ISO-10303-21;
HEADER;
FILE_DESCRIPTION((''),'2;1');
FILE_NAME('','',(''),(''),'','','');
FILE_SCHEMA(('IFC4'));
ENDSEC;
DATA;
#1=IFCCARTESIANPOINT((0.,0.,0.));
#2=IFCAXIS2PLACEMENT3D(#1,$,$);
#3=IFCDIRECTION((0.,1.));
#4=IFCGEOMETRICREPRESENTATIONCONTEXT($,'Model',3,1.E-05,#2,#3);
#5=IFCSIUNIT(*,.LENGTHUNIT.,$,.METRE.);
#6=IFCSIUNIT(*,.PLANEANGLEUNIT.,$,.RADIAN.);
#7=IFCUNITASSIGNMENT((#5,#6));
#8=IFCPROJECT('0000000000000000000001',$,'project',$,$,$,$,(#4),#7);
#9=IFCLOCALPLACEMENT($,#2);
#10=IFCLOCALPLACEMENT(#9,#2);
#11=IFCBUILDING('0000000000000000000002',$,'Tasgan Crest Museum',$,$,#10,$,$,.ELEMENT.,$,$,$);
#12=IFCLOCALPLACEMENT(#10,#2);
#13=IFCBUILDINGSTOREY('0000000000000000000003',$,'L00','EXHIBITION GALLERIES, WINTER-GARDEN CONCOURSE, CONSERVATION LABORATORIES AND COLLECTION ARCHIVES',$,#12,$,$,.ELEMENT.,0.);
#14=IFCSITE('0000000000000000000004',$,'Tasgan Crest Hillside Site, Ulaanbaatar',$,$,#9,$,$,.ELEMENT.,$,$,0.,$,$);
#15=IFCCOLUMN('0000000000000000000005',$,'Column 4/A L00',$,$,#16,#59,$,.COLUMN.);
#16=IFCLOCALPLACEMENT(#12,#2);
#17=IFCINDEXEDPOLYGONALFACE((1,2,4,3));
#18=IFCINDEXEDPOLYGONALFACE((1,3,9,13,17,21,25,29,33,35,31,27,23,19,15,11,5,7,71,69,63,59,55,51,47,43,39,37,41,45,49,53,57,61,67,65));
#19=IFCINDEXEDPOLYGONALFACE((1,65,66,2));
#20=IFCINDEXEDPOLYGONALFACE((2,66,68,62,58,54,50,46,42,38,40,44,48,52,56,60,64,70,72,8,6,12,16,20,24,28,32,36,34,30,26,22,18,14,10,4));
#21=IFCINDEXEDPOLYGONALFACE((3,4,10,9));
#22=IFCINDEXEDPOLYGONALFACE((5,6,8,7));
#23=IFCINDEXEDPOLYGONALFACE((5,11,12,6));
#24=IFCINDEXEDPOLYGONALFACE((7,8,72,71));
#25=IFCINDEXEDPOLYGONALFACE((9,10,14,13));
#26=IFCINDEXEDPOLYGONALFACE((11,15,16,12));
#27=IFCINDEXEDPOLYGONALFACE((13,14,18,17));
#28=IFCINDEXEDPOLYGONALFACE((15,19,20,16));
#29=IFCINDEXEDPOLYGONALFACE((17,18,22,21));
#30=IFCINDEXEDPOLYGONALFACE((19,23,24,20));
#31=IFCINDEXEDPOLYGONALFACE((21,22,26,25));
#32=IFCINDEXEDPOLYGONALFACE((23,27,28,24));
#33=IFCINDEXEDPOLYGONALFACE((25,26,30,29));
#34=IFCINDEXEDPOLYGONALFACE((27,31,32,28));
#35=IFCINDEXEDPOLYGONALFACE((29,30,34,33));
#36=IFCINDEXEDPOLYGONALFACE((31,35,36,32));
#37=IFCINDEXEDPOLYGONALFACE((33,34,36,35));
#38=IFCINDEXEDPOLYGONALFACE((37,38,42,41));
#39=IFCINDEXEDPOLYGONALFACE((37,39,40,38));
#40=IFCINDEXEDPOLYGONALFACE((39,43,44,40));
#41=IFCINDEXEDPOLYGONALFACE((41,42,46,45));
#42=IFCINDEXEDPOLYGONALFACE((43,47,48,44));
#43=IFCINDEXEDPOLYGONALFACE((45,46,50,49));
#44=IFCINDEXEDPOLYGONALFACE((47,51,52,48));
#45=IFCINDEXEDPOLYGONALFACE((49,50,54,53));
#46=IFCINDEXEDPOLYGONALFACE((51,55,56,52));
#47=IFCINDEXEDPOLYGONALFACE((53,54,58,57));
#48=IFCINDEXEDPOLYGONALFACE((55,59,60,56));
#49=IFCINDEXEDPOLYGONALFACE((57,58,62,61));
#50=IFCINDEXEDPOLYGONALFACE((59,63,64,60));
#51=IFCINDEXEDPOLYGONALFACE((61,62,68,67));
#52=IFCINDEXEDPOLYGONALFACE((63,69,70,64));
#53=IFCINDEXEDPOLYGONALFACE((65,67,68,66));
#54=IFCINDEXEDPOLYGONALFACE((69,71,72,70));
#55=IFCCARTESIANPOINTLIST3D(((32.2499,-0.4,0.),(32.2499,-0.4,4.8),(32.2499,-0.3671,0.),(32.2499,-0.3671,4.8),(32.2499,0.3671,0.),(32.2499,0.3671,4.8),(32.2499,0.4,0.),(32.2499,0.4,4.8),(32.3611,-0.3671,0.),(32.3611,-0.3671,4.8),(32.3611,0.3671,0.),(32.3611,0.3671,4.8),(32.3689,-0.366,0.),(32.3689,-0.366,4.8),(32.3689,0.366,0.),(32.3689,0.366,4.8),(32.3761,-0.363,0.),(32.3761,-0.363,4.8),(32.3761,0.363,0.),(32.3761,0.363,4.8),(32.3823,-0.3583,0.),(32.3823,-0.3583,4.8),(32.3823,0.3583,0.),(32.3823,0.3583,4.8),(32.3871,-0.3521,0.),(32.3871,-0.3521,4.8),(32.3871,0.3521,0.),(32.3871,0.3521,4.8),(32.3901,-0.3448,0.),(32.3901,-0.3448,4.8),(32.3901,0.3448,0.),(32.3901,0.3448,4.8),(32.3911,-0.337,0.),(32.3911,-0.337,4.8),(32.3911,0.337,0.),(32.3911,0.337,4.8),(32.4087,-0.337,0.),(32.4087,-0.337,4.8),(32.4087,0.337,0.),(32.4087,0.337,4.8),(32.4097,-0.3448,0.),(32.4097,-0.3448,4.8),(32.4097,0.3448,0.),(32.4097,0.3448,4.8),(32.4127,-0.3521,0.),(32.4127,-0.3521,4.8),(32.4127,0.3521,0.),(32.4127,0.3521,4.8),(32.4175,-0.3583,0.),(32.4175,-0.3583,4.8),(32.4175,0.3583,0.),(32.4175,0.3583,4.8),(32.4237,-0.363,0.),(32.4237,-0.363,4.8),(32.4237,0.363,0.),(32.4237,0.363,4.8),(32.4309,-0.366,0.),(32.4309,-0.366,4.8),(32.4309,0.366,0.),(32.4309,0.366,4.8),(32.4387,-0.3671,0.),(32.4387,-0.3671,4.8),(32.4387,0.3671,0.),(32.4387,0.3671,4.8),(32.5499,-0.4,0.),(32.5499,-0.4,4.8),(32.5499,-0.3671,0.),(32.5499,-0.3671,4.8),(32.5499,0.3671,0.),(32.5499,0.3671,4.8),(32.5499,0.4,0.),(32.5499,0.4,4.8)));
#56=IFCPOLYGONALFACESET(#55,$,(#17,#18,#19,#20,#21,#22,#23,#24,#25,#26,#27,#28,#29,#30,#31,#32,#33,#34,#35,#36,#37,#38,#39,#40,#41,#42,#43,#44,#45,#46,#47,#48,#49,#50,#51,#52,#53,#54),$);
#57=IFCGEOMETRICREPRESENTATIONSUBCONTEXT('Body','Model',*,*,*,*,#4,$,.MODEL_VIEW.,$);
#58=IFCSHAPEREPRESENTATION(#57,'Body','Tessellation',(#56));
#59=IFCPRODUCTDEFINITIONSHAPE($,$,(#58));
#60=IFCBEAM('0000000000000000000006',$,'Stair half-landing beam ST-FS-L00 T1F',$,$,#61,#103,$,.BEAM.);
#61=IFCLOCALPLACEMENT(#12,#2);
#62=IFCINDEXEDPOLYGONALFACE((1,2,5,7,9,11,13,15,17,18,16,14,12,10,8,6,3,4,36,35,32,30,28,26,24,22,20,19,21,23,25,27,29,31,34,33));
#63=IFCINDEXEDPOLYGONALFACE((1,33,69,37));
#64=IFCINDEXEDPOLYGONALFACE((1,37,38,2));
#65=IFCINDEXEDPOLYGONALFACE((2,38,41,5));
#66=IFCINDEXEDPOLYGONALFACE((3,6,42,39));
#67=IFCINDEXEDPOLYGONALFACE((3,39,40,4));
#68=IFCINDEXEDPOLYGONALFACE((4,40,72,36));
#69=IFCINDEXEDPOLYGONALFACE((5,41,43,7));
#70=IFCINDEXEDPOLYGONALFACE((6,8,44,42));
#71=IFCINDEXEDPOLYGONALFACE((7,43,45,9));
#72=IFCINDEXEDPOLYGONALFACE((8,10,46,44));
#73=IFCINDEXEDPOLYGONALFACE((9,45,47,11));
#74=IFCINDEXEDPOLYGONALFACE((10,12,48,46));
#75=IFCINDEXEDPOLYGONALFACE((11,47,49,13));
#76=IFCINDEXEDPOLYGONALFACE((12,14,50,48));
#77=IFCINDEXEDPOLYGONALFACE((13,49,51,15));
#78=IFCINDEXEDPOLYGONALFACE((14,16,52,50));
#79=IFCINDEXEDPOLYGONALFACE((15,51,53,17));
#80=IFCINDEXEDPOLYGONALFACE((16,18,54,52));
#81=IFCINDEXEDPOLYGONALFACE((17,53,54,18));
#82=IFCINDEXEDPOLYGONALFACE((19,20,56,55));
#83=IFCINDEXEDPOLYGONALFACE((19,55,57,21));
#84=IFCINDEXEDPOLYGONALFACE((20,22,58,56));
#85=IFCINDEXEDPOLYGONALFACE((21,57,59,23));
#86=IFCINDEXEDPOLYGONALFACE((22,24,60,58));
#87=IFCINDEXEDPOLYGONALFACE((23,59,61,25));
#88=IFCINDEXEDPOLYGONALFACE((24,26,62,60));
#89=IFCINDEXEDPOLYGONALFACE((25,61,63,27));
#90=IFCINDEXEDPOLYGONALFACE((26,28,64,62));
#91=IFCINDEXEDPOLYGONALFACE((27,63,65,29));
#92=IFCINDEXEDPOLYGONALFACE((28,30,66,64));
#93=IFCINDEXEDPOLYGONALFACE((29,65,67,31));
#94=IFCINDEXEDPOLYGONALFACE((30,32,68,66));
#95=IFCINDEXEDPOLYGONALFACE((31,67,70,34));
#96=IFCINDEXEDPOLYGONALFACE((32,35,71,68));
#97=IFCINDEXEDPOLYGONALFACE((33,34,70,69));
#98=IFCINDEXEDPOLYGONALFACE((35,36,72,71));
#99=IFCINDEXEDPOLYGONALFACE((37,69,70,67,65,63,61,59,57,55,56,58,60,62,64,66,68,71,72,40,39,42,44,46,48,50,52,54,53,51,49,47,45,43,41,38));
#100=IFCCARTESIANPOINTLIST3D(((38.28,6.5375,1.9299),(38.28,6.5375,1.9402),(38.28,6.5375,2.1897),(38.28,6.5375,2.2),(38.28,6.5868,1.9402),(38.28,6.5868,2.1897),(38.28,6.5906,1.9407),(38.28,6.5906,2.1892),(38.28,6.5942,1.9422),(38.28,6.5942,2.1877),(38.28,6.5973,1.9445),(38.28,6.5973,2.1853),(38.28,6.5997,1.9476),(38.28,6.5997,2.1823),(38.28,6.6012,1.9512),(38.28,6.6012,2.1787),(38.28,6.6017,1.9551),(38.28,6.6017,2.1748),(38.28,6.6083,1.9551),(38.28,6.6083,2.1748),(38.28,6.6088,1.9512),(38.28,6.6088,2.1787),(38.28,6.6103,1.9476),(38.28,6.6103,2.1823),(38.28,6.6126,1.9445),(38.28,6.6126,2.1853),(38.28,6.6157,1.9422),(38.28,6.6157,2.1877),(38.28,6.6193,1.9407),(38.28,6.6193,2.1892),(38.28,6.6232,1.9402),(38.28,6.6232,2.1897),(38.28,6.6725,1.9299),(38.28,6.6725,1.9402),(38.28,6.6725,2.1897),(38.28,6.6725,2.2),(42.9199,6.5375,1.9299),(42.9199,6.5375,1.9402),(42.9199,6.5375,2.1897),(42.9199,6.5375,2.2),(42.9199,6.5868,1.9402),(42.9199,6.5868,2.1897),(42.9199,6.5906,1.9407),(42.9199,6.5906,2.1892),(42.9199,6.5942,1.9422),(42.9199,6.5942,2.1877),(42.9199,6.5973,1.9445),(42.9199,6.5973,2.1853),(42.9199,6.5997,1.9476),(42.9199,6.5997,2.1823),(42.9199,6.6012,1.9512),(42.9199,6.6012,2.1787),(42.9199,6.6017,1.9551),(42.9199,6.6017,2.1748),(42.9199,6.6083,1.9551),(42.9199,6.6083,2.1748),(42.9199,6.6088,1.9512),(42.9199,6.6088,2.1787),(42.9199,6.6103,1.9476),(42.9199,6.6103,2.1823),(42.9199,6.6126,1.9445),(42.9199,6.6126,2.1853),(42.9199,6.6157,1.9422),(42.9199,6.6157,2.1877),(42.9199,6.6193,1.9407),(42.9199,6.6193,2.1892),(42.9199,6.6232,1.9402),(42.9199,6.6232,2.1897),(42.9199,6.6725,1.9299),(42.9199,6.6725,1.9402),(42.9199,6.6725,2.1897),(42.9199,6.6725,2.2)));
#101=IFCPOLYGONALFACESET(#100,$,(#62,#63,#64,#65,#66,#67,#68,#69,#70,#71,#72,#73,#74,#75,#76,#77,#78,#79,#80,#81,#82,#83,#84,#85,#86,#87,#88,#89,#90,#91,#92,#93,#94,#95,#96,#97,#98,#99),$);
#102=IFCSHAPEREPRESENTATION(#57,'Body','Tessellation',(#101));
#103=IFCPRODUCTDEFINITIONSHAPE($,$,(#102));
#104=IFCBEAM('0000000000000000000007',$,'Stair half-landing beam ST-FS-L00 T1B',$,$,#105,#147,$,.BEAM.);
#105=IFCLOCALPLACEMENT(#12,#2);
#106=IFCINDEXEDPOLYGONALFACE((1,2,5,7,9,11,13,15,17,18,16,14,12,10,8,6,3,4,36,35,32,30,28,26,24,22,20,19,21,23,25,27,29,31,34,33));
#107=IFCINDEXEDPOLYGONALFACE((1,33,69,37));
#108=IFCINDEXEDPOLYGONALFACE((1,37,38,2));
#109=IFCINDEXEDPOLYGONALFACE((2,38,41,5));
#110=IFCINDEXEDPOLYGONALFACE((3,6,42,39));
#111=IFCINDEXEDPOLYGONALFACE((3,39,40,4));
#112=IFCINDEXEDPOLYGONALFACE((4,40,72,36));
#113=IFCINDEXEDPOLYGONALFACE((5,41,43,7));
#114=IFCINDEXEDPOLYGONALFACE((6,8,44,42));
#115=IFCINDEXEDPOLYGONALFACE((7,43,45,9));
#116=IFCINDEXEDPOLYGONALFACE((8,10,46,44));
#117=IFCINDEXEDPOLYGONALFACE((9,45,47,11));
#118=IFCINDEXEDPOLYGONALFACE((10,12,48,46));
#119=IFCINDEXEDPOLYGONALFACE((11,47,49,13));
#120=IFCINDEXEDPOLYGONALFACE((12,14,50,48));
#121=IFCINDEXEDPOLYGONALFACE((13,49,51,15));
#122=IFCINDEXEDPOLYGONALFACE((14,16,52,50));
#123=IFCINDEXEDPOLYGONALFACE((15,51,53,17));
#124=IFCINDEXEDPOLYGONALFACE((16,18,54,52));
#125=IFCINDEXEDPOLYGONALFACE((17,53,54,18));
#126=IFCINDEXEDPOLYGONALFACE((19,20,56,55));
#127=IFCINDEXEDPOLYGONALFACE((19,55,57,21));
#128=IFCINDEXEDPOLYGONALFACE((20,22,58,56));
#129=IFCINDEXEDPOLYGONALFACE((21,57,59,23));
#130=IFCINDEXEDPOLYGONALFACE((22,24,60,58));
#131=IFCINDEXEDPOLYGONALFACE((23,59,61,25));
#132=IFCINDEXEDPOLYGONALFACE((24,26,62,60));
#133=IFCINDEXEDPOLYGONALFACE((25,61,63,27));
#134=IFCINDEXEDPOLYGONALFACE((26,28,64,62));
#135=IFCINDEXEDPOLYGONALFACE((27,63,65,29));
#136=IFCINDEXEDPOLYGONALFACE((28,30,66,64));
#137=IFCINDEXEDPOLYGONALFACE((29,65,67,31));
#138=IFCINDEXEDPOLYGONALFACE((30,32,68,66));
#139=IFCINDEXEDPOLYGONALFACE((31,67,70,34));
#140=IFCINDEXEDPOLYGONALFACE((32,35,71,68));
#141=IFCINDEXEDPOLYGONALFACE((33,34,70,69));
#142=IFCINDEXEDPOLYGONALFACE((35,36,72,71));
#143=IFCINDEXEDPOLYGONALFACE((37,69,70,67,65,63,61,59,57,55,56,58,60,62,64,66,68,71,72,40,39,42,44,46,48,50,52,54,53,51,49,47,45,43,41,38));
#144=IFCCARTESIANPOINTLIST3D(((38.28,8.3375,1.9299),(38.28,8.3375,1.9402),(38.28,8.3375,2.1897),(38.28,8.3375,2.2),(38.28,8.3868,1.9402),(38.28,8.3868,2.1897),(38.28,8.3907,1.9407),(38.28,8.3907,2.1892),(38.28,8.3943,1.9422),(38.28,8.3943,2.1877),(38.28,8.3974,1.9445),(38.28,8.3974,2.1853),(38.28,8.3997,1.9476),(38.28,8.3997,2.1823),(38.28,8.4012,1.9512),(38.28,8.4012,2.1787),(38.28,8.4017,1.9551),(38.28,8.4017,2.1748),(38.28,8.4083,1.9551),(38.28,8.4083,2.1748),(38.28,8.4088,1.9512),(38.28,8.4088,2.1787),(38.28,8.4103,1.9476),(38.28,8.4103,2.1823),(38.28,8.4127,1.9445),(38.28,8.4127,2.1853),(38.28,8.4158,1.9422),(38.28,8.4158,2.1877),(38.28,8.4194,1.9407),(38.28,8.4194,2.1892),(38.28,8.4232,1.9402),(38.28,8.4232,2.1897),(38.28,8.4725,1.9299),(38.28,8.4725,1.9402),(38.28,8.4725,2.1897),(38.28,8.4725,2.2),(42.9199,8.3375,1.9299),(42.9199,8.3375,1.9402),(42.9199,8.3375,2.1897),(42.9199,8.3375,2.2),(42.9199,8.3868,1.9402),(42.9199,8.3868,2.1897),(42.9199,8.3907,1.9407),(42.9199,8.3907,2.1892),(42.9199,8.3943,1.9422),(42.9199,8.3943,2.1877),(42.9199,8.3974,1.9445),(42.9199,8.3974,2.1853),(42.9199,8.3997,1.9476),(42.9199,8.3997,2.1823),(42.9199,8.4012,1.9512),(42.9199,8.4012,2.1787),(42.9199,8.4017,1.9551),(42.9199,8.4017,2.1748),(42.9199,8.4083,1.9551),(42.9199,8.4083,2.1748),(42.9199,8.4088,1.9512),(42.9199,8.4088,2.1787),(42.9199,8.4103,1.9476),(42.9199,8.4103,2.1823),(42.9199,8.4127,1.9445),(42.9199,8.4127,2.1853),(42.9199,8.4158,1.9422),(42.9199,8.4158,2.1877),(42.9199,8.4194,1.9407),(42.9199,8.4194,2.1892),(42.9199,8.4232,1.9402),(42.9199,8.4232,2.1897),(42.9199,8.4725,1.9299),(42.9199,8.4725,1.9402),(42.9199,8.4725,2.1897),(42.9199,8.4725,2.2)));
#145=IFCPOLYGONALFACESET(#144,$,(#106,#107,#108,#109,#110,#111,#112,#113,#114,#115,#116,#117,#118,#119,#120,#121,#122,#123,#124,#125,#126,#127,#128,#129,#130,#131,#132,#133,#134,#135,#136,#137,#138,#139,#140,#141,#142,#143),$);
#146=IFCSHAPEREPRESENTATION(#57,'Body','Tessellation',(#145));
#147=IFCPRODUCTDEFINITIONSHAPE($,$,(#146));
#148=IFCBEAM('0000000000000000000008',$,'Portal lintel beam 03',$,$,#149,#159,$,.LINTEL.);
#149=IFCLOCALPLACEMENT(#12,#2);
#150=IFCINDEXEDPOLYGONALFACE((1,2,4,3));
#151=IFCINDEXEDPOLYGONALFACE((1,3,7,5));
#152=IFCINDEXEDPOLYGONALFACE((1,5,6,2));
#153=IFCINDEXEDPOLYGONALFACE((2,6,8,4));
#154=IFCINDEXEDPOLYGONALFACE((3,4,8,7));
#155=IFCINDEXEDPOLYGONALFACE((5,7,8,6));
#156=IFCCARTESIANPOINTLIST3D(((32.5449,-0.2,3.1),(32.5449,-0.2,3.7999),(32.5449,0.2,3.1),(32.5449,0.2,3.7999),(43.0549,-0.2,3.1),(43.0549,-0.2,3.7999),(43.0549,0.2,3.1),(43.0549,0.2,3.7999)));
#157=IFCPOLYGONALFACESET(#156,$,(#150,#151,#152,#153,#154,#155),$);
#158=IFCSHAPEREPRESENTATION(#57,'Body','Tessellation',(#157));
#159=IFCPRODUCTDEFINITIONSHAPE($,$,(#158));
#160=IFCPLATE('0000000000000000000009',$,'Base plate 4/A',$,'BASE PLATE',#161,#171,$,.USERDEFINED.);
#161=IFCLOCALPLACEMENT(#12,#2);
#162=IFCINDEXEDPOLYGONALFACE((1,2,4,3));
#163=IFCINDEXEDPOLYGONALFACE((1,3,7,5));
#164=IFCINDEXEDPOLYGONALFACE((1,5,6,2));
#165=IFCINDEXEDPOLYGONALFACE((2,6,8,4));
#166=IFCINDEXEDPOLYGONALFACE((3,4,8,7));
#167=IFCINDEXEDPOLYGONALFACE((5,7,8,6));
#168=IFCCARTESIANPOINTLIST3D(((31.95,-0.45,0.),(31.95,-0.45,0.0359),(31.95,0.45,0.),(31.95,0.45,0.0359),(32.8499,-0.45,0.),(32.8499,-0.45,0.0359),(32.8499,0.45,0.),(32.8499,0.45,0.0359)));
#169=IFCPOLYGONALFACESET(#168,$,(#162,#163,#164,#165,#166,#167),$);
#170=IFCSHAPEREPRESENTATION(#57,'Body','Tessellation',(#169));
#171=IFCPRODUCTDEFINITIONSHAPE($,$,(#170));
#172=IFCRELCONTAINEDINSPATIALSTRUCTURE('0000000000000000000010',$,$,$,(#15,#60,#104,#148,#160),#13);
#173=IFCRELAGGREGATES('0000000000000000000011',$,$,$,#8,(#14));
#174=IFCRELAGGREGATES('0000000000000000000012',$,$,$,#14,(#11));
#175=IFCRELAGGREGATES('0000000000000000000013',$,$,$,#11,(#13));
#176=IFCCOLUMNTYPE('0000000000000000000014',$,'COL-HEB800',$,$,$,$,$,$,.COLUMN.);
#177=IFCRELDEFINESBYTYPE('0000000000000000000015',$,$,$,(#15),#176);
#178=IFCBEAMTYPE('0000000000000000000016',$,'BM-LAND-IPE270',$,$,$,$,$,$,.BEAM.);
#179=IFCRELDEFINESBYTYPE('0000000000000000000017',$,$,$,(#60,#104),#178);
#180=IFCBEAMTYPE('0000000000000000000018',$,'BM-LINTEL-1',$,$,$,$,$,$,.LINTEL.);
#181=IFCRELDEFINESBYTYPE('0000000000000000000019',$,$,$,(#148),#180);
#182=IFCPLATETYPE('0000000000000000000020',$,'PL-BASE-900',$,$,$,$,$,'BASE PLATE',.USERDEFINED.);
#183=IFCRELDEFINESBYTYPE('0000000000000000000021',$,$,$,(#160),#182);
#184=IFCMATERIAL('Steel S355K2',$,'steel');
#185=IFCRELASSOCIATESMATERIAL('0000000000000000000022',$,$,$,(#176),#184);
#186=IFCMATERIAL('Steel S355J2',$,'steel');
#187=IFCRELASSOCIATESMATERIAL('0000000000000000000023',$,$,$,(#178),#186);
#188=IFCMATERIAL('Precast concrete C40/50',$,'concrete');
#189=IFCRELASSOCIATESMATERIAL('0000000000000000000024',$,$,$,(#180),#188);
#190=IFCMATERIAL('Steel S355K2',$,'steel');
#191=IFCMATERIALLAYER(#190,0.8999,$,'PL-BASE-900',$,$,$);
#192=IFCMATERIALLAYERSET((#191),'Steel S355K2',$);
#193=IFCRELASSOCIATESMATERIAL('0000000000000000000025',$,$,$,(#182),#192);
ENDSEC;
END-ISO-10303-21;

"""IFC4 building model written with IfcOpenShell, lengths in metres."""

from ifc_helpers import new_model, si_unit, direction, frame, origin, origin_2d, place, context, subcontext, project, spatial, rectangle, i_section, extrude, material, layer, layer_set, material_profile, profile_set, type_object, element, save


model = new_model("IFC4")

# Units and contexts
model_context = context("Model", 3, precision=1e-05, world=origin(), true_north=direction((0.0, 1.0)))
body_context = subcontext(model_context, "Body", "Model", "MODEL_VIEW")
ifc_project = project(units=[si_unit("LENGTHUNIT", "METRE"), si_unit("PLANEANGLEUNIT", "RADIAN")], contexts=[model_context])

# Site, building, storey
site_placement = place(None, origin())
site = spatial("IfcSite", under=ifc_project, at=site_placement, Name="Tasgan Crest Hillside Site, Ulaanbaatar", CompositionType="ELEMENT", RefElevation=0.0)
building_placement = place(site_placement, origin())
building = spatial("IfcBuilding", under=site, at=building_placement, Name="Tasgan Crest Museum", CompositionType="ELEMENT")
storey_placement = place(building_placement, origin())
storey = spatial("IfcBuildingStorey", under=building, at=storey_placement, Name="L00", Description="EXHIBITION GALLERIES, WINTER-GARDEN CONCOURSE, CONSERVATION LABORATORIES AND COLLECTION ARCHIVES", CompositionType="ELEMENT", Elevation=0.0)

# Column
ifc_material_1 = material(Name="Steel S355K2", Category="steel")
ifc_material_profile_1 = material_profile(ifc_material_1, i_section(OverallWidth=0.3, OverallDepth=0.8, WebThickness=0.0176, FlangeThickness=0.033, FilletRadius=0.03, at=origin_2d()), Name="HEB 800")
ifc_profile_set_1 = profile_set([ifc_material_profile_1], Name="Steel S355K2")
column_type = type_object("IfcColumnType", Name="COL-HEB800", PredefinedType="COLUMN", material=ifc_profile_set_1)
column_placement = place(storey_placement, frame((32.3999, 0.0, 0.0), z_axis=(0.0, 0.0, 1.0), x_axis=(1.0, 0.0, 0.0)))
element("IfcColumn", 1, at=column_placement, inside=storey, type_object=column_type, Name="Column 4/A L00", PredefinedType="COLUMN", context=body_context, shape_type="SweptSolid", body=[
    extrude(i_section(OverallWidth=0.3, OverallDepth=0.8, WebThickness=0.0176, FlangeThickness=0.033, FilletRadius=0.03, at=origin_2d()), origin(), (0.0, 0.0, 1.0), 4.8),
])

# Beams
ifc_material_2 = material(Name="Steel S355J2", Category="steel")
ifc_material_profile_2 = material_profile(ifc_material_2, i_section(OverallWidth=0.135, OverallDepth=0.27, WebThickness=0.0066, FlangeThickness=0.0103, FilletRadius=0.0149, at=origin_2d()), Name="IPE 270")
ifc_profile_set_2 = profile_set([ifc_material_profile_2], Name="Steel S355J2")
beam_type_1 = type_object("IfcBeamType", Name="BM-LAND-IPE270", PredefinedType="BEAM", material=ifc_profile_set_2)
for number, where, z_axis, x_axis, name in (
    (2, (38.28, 6.605, 2.0649), (1.0, 0.0, 0.0), (0.0, 1.0, 0.0), "Stair half-landing beam ST-FS-L00 T1F"),
    (3, (38.28, 8.405, 2.0649), (1.0, 0.0, 0.0), (0.0, 1.0, 0.0), "Stair half-landing beam ST-FS-L00 T1B"),
):
    element("IfcBeam", number, at=place(storey_placement, frame(where, z_axis=z_axis, x_axis=x_axis)), inside=storey, type_object=beam_type_1, Name=name, PredefinedType="BEAM", context=body_context, shape_type="SweptSolid", body=[
        extrude(i_section(OverallWidth=0.135, OverallDepth=0.27, WebThickness=0.0066, FlangeThickness=0.0103, FilletRadius=0.0149, at=origin_2d()), origin(), (0.0, 0.0, 1.0), 4.6399),
    ])
ifc_material_3 = material(Name="Precast concrete C40/50", Category="concrete")
ifc_material_profile_3 = material_profile(ifc_material_3, rectangle(XDim=0.3999, YDim=0.7, at=origin_2d()), Name="RC 400x700")
ifc_profile_set_3 = profile_set([ifc_material_profile_3], Name="Precast concrete C40/50")
beam_type_2 = type_object("IfcBeamType", Name="BM-LINTEL-1", PredefinedType="LINTEL", material=ifc_profile_set_3)
beam_placement = place(storey_placement, frame((32.5449, 0.0, 3.45), z_axis=(1.0, 0.0, 0.0), x_axis=(0.0, 1.0, 0.0)))
element("IfcBeam", 4, at=beam_placement, inside=storey, type_object=beam_type_2, Name="Portal lintel beam 03", PredefinedType="LINTEL", context=body_context, shape_type="SweptSolid", body=[
    extrude(rectangle(XDim=0.3999, YDim=0.7, at=origin_2d()), origin(), (0.0, 0.0, 1.0), 10.51),
])

# Plate
ifc_material_4 = material(Name="Steel S355K2", Category="steel")
ifc_layer_1 = layer(ifc_material_4, 0.8999, Name="PL-BASE-900")
ifc_layer_set_1 = layer_set([ifc_layer_1], Name="Steel S355K2")
plate_type = type_object("IfcPlateType", Name="PL-BASE-900", ElementType="BASE PLATE", PredefinedType="USERDEFINED", material=ifc_layer_set_1)
plate_placement = place(storey_placement, frame((32.3999, 0.0, 0.0), z_axis=(0.0, 0.0, 1.0), x_axis=(1.0, 0.0, 0.0)))
element("IfcPlate", 5, at=plate_placement, inside=storey, type_object=plate_type, Name="Base plate 4/A", ObjectType="BASE PLATE", PredefinedType="USERDEFINED", context=body_context, shape_type="SweptSolid", body=[
    extrude(rectangle(XDim=0.8999, YDim=0.8999, at=origin_2d()), origin(), (0.0, 0.0, 1.0), 0.0359),
])

save(model, "model.ifc")
